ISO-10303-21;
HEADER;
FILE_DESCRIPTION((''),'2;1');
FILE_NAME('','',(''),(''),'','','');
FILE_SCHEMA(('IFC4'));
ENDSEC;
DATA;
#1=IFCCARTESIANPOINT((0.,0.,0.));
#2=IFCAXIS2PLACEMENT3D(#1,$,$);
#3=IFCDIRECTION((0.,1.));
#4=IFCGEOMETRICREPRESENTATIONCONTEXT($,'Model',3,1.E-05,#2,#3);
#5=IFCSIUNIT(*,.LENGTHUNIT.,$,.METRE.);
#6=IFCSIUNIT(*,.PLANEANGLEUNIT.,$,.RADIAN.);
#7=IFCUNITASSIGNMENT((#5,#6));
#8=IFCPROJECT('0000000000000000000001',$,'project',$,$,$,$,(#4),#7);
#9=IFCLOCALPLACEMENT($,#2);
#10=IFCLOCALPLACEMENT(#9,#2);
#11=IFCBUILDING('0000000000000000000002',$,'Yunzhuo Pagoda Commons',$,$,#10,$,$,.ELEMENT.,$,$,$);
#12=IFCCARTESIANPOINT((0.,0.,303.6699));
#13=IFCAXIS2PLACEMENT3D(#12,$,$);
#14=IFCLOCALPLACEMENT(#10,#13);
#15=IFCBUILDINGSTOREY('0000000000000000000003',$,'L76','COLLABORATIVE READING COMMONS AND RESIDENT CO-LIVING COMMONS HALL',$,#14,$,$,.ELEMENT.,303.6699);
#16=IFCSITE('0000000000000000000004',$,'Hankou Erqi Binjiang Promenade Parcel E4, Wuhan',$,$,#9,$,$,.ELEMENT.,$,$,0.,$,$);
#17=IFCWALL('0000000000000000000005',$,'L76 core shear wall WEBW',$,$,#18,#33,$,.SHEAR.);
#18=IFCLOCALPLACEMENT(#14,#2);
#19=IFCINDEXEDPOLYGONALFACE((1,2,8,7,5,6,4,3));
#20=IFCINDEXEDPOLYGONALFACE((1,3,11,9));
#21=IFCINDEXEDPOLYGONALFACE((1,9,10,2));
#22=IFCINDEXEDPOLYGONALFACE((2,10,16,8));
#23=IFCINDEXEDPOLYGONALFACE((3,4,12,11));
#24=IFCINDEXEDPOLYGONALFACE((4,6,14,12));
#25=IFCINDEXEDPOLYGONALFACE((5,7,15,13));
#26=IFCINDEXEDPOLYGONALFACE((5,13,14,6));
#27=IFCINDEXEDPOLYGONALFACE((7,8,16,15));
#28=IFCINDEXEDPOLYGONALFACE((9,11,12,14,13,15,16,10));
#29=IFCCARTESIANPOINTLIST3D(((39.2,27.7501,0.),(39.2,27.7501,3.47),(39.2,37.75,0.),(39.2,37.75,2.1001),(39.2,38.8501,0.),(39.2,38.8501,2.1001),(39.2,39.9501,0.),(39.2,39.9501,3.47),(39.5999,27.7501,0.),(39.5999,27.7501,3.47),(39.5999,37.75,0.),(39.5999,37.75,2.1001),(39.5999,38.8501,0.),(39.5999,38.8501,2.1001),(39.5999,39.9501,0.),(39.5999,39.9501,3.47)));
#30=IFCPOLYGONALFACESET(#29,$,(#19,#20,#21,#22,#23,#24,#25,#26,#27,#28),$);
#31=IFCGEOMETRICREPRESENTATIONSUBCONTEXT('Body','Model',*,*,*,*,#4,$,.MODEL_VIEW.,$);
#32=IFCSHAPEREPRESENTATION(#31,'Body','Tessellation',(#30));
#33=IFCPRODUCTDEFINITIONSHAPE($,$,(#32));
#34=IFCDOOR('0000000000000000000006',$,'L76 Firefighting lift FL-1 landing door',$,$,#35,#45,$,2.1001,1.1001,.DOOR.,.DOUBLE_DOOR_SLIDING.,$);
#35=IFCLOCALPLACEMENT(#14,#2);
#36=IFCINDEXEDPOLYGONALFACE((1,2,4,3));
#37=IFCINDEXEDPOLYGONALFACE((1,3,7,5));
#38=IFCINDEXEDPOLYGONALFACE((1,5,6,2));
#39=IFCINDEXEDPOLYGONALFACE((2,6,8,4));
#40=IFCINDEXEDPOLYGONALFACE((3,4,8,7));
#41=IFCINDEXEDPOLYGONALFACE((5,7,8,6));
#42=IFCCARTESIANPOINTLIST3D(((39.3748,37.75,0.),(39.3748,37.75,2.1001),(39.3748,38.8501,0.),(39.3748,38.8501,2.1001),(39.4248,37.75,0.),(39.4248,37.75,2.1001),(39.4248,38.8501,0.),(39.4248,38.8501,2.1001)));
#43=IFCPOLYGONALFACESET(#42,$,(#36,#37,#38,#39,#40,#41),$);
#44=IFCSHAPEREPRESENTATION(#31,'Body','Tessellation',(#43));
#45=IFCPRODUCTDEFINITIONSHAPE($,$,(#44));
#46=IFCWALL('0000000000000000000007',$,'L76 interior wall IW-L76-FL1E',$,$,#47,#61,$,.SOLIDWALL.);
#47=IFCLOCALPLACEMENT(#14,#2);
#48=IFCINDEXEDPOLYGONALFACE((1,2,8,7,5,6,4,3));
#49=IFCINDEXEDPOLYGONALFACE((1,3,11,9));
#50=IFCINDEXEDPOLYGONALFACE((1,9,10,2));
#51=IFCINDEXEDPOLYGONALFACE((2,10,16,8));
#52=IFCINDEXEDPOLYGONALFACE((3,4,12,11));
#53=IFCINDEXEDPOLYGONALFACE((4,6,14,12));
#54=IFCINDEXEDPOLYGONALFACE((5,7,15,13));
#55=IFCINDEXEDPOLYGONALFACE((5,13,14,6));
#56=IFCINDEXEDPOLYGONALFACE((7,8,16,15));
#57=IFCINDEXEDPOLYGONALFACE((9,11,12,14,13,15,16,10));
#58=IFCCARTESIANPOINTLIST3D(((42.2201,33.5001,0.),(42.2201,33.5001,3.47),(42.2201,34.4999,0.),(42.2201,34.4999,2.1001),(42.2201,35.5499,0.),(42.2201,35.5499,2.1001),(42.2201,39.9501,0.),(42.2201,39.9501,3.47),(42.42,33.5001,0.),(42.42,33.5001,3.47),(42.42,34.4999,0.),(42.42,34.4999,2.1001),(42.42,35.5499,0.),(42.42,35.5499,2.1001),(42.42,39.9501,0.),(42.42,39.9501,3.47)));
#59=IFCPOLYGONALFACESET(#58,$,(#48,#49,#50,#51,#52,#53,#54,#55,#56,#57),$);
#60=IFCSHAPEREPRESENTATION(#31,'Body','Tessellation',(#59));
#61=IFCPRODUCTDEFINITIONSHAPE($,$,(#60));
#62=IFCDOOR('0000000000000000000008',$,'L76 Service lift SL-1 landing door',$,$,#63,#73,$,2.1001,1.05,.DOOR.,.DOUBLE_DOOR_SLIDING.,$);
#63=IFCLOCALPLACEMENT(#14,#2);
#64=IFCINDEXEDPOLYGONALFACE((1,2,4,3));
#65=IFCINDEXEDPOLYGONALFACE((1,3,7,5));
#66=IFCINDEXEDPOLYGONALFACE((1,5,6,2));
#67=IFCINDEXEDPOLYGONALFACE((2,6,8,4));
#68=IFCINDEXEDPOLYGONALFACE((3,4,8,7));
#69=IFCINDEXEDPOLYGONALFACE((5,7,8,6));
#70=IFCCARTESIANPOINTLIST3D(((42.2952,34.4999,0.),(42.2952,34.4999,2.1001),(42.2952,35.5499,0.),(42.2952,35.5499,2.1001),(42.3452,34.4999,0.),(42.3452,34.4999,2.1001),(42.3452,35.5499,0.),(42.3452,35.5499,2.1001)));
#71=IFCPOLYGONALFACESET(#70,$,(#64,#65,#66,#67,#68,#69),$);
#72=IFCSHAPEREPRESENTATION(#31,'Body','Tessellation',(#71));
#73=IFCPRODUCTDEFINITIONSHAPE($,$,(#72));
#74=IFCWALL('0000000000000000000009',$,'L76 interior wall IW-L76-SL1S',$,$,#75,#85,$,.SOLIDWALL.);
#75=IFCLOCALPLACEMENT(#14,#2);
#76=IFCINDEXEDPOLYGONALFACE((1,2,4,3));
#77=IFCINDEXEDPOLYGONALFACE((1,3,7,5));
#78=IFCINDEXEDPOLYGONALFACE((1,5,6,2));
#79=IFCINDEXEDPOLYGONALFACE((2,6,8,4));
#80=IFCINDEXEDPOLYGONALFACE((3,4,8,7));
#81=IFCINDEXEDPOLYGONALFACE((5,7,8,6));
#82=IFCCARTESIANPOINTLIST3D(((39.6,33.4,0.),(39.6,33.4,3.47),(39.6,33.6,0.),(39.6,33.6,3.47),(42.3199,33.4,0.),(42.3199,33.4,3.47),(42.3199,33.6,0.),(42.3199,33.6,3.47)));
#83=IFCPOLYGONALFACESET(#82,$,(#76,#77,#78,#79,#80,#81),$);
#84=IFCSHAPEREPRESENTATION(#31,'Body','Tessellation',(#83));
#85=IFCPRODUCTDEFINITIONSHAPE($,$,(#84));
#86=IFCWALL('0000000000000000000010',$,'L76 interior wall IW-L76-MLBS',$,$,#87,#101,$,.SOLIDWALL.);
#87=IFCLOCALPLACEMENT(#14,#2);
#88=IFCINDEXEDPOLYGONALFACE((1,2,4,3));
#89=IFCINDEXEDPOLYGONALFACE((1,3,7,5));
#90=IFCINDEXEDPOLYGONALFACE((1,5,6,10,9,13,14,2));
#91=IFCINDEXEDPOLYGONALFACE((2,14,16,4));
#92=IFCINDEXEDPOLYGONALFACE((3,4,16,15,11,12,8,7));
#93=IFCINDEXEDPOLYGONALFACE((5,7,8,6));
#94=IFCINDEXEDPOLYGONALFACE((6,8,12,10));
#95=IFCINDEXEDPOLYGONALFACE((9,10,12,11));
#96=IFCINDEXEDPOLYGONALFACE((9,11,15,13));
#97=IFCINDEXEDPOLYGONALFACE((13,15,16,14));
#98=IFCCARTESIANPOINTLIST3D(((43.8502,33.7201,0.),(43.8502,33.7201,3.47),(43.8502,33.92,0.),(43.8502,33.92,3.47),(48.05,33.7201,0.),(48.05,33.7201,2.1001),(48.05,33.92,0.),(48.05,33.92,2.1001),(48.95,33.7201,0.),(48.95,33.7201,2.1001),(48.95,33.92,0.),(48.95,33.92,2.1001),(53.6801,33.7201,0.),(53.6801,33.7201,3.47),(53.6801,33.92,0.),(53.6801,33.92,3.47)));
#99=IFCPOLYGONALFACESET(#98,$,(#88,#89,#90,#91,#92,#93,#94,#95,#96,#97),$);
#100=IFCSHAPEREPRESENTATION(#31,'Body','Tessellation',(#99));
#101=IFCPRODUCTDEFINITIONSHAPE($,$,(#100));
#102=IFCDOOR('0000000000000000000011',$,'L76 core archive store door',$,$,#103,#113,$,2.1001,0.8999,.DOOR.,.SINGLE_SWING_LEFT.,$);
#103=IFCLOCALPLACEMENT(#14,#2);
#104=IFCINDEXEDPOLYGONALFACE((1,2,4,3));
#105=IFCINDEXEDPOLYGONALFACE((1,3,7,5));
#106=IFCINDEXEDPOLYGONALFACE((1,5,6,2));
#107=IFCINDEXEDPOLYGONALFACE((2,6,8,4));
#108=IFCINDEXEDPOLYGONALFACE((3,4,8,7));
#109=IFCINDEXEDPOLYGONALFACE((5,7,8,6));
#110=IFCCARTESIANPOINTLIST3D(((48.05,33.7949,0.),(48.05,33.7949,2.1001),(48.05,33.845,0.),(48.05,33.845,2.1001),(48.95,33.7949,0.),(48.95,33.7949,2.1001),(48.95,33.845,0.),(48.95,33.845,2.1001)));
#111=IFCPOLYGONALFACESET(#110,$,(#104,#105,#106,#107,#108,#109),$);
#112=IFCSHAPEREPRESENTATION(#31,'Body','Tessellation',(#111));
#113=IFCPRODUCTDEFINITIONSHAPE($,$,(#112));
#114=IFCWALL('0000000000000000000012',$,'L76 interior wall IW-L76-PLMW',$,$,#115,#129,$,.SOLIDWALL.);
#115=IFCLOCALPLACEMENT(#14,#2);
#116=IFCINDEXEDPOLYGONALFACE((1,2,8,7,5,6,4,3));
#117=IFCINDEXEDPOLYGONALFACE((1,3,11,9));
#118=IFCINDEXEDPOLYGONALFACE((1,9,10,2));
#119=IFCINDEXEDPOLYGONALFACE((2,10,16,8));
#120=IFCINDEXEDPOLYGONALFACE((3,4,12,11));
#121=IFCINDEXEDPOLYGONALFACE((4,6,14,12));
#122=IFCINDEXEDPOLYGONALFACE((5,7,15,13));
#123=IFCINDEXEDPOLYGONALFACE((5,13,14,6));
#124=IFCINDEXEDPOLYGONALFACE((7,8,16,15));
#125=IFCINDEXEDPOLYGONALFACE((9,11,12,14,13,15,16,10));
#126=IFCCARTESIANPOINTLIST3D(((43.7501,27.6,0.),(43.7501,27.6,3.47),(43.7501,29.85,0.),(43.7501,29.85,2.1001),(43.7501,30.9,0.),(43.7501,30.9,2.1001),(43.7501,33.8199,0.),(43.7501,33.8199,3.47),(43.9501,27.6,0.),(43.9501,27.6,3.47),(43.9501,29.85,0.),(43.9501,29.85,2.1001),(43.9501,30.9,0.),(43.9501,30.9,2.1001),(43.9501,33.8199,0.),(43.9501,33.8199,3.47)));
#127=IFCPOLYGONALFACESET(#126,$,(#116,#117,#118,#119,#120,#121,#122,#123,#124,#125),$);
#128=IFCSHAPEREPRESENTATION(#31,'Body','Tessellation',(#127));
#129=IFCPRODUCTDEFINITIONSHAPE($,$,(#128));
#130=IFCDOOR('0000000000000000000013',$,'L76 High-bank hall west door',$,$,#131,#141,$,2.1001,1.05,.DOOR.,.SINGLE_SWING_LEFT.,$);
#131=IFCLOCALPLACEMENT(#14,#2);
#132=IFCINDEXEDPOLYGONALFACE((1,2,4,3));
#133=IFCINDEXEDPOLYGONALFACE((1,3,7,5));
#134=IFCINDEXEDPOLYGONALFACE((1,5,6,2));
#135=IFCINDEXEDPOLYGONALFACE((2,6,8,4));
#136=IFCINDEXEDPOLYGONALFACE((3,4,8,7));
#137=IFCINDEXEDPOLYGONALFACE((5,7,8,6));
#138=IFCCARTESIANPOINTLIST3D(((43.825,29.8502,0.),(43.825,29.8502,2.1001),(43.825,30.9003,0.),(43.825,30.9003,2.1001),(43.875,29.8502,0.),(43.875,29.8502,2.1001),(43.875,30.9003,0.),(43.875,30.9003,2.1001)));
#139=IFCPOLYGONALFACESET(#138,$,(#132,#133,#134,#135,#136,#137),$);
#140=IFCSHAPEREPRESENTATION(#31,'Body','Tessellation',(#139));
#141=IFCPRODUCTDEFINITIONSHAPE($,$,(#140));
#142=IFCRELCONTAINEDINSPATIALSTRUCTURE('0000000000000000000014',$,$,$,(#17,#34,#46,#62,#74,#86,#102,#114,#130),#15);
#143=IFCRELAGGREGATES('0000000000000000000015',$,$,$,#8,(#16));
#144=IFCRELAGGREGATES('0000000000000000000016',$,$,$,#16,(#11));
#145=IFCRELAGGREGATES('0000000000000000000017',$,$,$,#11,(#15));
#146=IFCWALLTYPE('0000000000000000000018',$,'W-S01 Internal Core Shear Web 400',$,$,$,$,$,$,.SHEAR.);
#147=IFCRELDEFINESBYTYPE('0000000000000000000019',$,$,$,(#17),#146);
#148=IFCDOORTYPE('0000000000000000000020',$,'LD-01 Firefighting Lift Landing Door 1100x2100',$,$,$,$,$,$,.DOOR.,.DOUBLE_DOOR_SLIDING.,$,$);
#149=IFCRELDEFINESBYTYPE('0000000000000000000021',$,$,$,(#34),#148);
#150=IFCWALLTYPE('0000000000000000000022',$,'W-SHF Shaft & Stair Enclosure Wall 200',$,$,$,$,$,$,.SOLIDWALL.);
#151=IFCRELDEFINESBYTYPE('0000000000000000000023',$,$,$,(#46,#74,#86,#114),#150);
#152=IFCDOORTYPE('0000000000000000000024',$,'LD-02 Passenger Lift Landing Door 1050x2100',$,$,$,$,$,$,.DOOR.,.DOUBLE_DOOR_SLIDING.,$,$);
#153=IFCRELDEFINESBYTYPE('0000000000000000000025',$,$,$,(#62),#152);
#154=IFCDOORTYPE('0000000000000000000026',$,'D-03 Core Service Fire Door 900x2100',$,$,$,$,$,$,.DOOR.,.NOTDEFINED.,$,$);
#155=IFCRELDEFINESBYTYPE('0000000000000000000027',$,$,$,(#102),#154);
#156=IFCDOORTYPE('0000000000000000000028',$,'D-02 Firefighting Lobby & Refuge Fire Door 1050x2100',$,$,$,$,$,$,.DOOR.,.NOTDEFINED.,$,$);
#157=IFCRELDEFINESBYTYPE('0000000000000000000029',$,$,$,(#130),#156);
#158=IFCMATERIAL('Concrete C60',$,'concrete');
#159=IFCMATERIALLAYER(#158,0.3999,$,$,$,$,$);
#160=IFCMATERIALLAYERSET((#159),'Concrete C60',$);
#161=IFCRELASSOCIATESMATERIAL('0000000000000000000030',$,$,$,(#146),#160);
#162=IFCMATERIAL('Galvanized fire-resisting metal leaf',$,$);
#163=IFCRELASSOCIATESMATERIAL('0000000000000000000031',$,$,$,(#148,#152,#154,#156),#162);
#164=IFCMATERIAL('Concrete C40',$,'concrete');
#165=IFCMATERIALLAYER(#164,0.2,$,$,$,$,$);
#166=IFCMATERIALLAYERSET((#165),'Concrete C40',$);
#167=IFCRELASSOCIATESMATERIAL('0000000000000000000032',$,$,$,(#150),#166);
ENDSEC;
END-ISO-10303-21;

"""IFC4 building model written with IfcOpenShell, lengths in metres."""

from ifc_helpers import new_model, si_unit, direction, frame, frame_2d, origin, origin_with_axes, place, context, subcontext, project, spatial, rectangle, extrude, source, transform, mapped, material, layer, layer_set, type_object, element, fill, save


model = new_model("IFC4")

# Units and contexts
model_context = context("Model", 3, precision=1e-05, world=origin(), true_north=direction((0.0, 1.0)))
body_context = subcontext(model_context, "Body", "Model", "MODEL_VIEW")
ifc_project = project(units=[si_unit("LENGTHUNIT", "METRE"), si_unit("PLANEANGLEUNIT", "RADIAN")], contexts=[model_context])

# Site, building, storey
site_placement = place(None, origin())
site = spatial("IfcSite", under=ifc_project, at=site_placement, Name="Hankou Erqi Binjiang Promenade Parcel E4, Wuhan", CompositionType="ELEMENT", RefElevation=0.0)
building_placement = place(site_placement, origin())
building = spatial("IfcBuilding", under=site, at=building_placement, Name="Yunzhuo Pagoda Commons", CompositionType="ELEMENT")
storey_placement = place(building_placement, frame((0.0, 0.0, 303.6699)))
storey = spatial("IfcBuildingStorey", under=building, at=storey_placement, Name="L76", Description="COLLABORATIVE READING COMMONS AND RESIDENT CO-LIVING COMMONS HALL", CompositionType="ELEMENT", Elevation=303.6699)

# Walls, openings, doors
ifc_material_1 = material(Name="Concrete C60", Category="concrete")
ifc_layer_1 = layer(ifc_material_1, 0.3999)
ifc_layer_set_1 = layer_set([ifc_layer_1], Name="Concrete C60")
wall_type_1 = type_object("IfcWallType", Name="W-S01 Internal Core Shear Web 400", PredefinedType="SHEAR", material=ifc_layer_set_1)
wall_1_placement = place(storey_placement, frame((39.3999, 27.75, 0.0), z_axis=(0.0, 0.0, 1.0), x_axis=(0.0, 1.0, 0.0)))
wall_1 = element("IfcWall", 1, at=wall_1_placement, inside=storey, type_object=wall_type_1, Name="L76 core shear wall WEBW", PredefinedType="SHEAR", context=body_context, shape_type="SweptSolid", body=[
    extrude(rectangle(XDim=12.2, YDim=0.3999, at=frame_2d((6.1001, 0.0))), origin(), (0.0, 0.0, 1.0), 3.47),
])
opening_1_placement = place(wall_1_placement, frame((10.0, 0.0, 0.0)))
opening_1 = element("IfcOpeningElement", 2, at=opening_1_placement, cuts=wall_1, PredefinedType="OPENING", context=body_context, shape_type="SweptSolid", body=[
    extrude(rectangle(XDim=1.1001, YDim=2.1001, at=frame_2d((0.55, 1.05))), frame((0.0, 0.21, 0.0), z_axis=(0.0, -1.0, 0.0), x_axis=(1.0, 0.0, 0.0)), (0.0, 0.0, 1.0), 0.4199),
])
ifc_material_2 = material(Name="Galvanized fire-resisting metal leaf")
door_type_1 = type_object("IfcDoorType", Name="LD-01 Firefighting Lift Landing Door 1100x2100", OperationType="DOUBLE_DOOR_SLIDING", PredefinedType="DOOR", material=ifc_material_2)
shared_shape_1 = source(origin(), body_context, "Body", "SweptSolid", [
    extrude(rectangle(XDim=1.1001, YDim=2.1001, at=frame_2d((0.55, 1.05))), frame((0.0, 0.0249, 0.0), z_axis=(0.0, -1.0, 0.0), x_axis=(1.0, 0.0, 0.0)), (0.0, 0.0, 1.0), 0.05),
])
door_1_placement = place(opening_1_placement, frame((1.1001, 0.0, 0.0), z_axis=(0.0, 0.0, 1.0), x_axis=(-1.0, 0.0, 0.0)))
door_1 = element("IfcDoor", 3, at=door_1_placement, inside=storey, type_object=door_type_1, Name="L76 Firefighting lift FL-1 landing door", OperationType="DOUBLE_DOOR_SLIDING", OverallHeight=2.1001, OverallWidth=1.1001, PredefinedType="DOOR", context=body_context, shape_type="MappedRepresentation", body=[
    mapped(shared_shape_1, transform((0.0, 0.0, 0.0), scale=1.0)),
])
fill(opening_1, door_1)
ifc_material_3 = material(Name="Concrete C40", Category="concrete")
ifc_layer_2 = layer(ifc_material_3, 0.2)
ifc_layer_set_2 = layer_set([ifc_layer_2], Name="Concrete C40")
wall_type_2 = type_object("IfcWallType", Name="W-SHF Shaft & Stair Enclosure Wall 200", PredefinedType="SOLIDWALL", material=ifc_layer_set_2)
wall_2_placement = place(storey_placement, frame((42.3201, 33.5, 0.0), z_axis=(0.0, 0.0, 1.0), x_axis=(0.0, 1.0, 0.0)))
wall_2 = element("IfcWall", 4, at=wall_2_placement, inside=storey, type_object=wall_type_2, Name="L76 interior wall IW-L76-FL1E", PredefinedType="SOLIDWALL", context=body_context, shape_type="SweptSolid", body=[
    extrude(rectangle(XDim=6.45, YDim=0.2, at=frame_2d((3.2251, 0.0))), origin(), (0.0, 0.0, 1.0), 3.47),
])
opening_2_placement = place(wall_2_placement, frame((1.0, 0.0, 0.0)))
opening_2 = element("IfcOpeningElement", 5, at=opening_2_placement, cuts=wall_2, PredefinedType="OPENING", context=body_context, shape_type="SweptSolid", body=[
    extrude(rectangle(XDim=1.05, YDim=2.1001, at=frame_2d((0.5249, 1.05))), frame((0.0, 0.1099, 0.0), z_axis=(0.0, -1.0, 0.0), x_axis=(1.0, 0.0, 0.0)), (0.0, 0.0, 1.0), 0.22),
])
door_type_2 = type_object("IfcDoorType", Name="LD-02 Passenger Lift Landing Door 1050x2100", OperationType="DOUBLE_DOOR_SLIDING", PredefinedType="DOOR", material=ifc_material_2)
shared_shape_2 = source(origin(), body_context, "Body", "SweptSolid", [
    extrude(rectangle(XDim=1.05, YDim=2.1001, at=frame_2d((0.5249, 1.05))), frame((0.0, 0.0249, 0.0), z_axis=(0.0, -1.0, 0.0), x_axis=(1.0, 0.0, 0.0)), (0.0, 0.0, 1.0), 0.05),
])
door_2_placement = place(opening_2_placement, origin_with_axes())
door_2 = element("IfcDoor", 6, at=door_2_placement, inside=storey, type_object=door_type_2, Name="L76 Service lift SL-1 landing door", OperationType="DOUBLE_DOOR_SLIDING", OverallHeight=2.1001, OverallWidth=1.05, PredefinedType="DOOR", context=body_context, shape_type="MappedRepresentation", body=[
    mapped(shared_shape_2, transform((0.0, 0.0, 0.0), scale=1.0)),
])
fill(opening_2, door_2)

# Wall
wall_3_placement = place(storey_placement, frame((39.6001, 33.5, 0.0), z_axis=(0.0, 0.0, 1.0), x_axis=(1.0, 0.0, 0.0)))
element("IfcWall", 7, at=wall_3_placement, inside=storey, type_object=wall_type_2, Name="L76 interior wall IW-L76-SL1S", PredefinedType="SOLIDWALL", context=body_context, shape_type="SweptSolid", body=[
    extrude(rectangle(XDim=2.72, YDim=0.2, at=frame_2d((1.3599, 0.0))), origin(), (0.0, 0.0, 1.0), 3.47),
])

# Walls, openings, doors
wall_4_placement = place(storey_placement, frame((43.8501, 33.8201, 0.0), z_axis=(0.0, 0.0, 1.0), x_axis=(1.0, 0.0, 0.0)))
wall_4 = element("IfcWall", 8, at=wall_4_placement, inside=storey, type_object=wall_type_2, Name="L76 interior wall IW-L76-MLBS", PredefinedType="SOLIDWALL", context=body_context, shape_type="SweptSolid", body=[
    extrude(rectangle(XDim=9.8298, YDim=0.2, at=frame_2d((4.915, 0.0))), origin(), (0.0, 0.0, 1.0), 3.47),
])
opening_3_placement = place(wall_4_placement, frame((4.2, 0.0, 0.0)))
opening_3 = element("IfcOpeningElement", 9, at=opening_3_placement, cuts=wall_4, PredefinedType="OPENING", context=body_context, shape_type="SweptSolid", body=[
    extrude(rectangle(XDim=0.8999, YDim=2.1001, at=frame_2d((0.45, 1.05))), frame((0.0, 0.1099, 0.0), z_axis=(0.0, -1.0, 0.0), x_axis=(1.0, 0.0, 0.0)), (0.0, 0.0, 1.0), 0.22),
])
door_type_3 = type_object("IfcDoorType", Name="D-03 Core Service Fire Door 900x2100", OperationType="NOTDEFINED", PredefinedType="DOOR", material=ifc_material_2)
shared_shape_3 = source(origin(), body_context, "Body", "SweptSolid", [
    extrude(rectangle(XDim=0.8999, YDim=2.1001, at=frame_2d((0.45, 1.05))), frame((0.0, 0.0249, 0.0), z_axis=(0.0, -1.0, 0.0), x_axis=(1.0, 0.0, 0.0)), (0.0, 0.0, 1.0), 0.05),
])
door_3_placement = place(opening_3_placement, origin_with_axes())
door_3 = element("IfcDoor", 10, at=door_3_placement, inside=storey, type_object=door_type_3, Name="L76 core archive store door", OperationType="SINGLE_SWING_LEFT", OverallHeight=2.1001, OverallWidth=0.8999, PredefinedType="DOOR", context=body_context, shape_type="MappedRepresentation", body=[
    mapped(shared_shape_3, transform((0.0, 0.0, 0.0), scale=1.0)),
])
fill(opening_3, door_3)
wall_5_placement = place(storey_placement, frame((43.8501, 27.6001, 0.0), z_axis=(0.0, 0.0, 1.0), x_axis=(0.0, 1.0, 0.0)))
wall_5 = element("IfcWall", 11, at=wall_5_placement, inside=storey, type_object=wall_type_2, Name="L76 interior wall IW-L76-PLMW", PredefinedType="SOLIDWALL", context=body_context, shape_type="SweptSolid", body=[
    extrude(rectangle(XDim=6.22, YDim=0.2, at=frame_2d((3.1099, 0.0))), origin(), (0.0, 0.0, 1.0), 3.47),
])
opening_4_placement = place(wall_5_placement, frame((2.25, 0.0, 0.0)))
opening_4 = element("IfcOpeningElement", 12, at=opening_4_placement, cuts=wall_5, PredefinedType="OPENING", context=body_context, shape_type="SweptSolid", body=[
    extrude(rectangle(XDim=1.05, YDim=2.1001, at=frame_2d((0.5249, 1.05))), frame((0.0, 0.1099, 0.0), z_axis=(0.0, -1.0, 0.0), x_axis=(1.0, 0.0, 0.0)), (0.0, 0.0, 1.0), 0.22),
])
door_type_4 = type_object("IfcDoorType", Name="D-02 Firefighting Lobby & Refuge Fire Door 1050x2100", OperationType="NOTDEFINED", PredefinedType="DOOR", material=ifc_material_2)
door_4_placement = place(opening_4_placement, frame((1.05, 0.0, 0.0), z_axis=(0.0, 0.0, 1.0), x_axis=(-1.0, 0.0, 0.0)))
door_4 = element("IfcDoor", 13, at=door_4_placement, inside=storey, type_object=door_type_4, Name="L76 High-bank hall west door", OperationType="SINGLE_SWING_LEFT", OverallHeight=2.1001, OverallWidth=1.05, PredefinedType="DOOR", context=body_context, shape_type="MappedRepresentation", body=[
    mapped(shared_shape_2, transform((0.0, 0.0, 0.0), scale=1.0)),
])
fill(opening_4, door_4)

save(model, "model.ifc")
